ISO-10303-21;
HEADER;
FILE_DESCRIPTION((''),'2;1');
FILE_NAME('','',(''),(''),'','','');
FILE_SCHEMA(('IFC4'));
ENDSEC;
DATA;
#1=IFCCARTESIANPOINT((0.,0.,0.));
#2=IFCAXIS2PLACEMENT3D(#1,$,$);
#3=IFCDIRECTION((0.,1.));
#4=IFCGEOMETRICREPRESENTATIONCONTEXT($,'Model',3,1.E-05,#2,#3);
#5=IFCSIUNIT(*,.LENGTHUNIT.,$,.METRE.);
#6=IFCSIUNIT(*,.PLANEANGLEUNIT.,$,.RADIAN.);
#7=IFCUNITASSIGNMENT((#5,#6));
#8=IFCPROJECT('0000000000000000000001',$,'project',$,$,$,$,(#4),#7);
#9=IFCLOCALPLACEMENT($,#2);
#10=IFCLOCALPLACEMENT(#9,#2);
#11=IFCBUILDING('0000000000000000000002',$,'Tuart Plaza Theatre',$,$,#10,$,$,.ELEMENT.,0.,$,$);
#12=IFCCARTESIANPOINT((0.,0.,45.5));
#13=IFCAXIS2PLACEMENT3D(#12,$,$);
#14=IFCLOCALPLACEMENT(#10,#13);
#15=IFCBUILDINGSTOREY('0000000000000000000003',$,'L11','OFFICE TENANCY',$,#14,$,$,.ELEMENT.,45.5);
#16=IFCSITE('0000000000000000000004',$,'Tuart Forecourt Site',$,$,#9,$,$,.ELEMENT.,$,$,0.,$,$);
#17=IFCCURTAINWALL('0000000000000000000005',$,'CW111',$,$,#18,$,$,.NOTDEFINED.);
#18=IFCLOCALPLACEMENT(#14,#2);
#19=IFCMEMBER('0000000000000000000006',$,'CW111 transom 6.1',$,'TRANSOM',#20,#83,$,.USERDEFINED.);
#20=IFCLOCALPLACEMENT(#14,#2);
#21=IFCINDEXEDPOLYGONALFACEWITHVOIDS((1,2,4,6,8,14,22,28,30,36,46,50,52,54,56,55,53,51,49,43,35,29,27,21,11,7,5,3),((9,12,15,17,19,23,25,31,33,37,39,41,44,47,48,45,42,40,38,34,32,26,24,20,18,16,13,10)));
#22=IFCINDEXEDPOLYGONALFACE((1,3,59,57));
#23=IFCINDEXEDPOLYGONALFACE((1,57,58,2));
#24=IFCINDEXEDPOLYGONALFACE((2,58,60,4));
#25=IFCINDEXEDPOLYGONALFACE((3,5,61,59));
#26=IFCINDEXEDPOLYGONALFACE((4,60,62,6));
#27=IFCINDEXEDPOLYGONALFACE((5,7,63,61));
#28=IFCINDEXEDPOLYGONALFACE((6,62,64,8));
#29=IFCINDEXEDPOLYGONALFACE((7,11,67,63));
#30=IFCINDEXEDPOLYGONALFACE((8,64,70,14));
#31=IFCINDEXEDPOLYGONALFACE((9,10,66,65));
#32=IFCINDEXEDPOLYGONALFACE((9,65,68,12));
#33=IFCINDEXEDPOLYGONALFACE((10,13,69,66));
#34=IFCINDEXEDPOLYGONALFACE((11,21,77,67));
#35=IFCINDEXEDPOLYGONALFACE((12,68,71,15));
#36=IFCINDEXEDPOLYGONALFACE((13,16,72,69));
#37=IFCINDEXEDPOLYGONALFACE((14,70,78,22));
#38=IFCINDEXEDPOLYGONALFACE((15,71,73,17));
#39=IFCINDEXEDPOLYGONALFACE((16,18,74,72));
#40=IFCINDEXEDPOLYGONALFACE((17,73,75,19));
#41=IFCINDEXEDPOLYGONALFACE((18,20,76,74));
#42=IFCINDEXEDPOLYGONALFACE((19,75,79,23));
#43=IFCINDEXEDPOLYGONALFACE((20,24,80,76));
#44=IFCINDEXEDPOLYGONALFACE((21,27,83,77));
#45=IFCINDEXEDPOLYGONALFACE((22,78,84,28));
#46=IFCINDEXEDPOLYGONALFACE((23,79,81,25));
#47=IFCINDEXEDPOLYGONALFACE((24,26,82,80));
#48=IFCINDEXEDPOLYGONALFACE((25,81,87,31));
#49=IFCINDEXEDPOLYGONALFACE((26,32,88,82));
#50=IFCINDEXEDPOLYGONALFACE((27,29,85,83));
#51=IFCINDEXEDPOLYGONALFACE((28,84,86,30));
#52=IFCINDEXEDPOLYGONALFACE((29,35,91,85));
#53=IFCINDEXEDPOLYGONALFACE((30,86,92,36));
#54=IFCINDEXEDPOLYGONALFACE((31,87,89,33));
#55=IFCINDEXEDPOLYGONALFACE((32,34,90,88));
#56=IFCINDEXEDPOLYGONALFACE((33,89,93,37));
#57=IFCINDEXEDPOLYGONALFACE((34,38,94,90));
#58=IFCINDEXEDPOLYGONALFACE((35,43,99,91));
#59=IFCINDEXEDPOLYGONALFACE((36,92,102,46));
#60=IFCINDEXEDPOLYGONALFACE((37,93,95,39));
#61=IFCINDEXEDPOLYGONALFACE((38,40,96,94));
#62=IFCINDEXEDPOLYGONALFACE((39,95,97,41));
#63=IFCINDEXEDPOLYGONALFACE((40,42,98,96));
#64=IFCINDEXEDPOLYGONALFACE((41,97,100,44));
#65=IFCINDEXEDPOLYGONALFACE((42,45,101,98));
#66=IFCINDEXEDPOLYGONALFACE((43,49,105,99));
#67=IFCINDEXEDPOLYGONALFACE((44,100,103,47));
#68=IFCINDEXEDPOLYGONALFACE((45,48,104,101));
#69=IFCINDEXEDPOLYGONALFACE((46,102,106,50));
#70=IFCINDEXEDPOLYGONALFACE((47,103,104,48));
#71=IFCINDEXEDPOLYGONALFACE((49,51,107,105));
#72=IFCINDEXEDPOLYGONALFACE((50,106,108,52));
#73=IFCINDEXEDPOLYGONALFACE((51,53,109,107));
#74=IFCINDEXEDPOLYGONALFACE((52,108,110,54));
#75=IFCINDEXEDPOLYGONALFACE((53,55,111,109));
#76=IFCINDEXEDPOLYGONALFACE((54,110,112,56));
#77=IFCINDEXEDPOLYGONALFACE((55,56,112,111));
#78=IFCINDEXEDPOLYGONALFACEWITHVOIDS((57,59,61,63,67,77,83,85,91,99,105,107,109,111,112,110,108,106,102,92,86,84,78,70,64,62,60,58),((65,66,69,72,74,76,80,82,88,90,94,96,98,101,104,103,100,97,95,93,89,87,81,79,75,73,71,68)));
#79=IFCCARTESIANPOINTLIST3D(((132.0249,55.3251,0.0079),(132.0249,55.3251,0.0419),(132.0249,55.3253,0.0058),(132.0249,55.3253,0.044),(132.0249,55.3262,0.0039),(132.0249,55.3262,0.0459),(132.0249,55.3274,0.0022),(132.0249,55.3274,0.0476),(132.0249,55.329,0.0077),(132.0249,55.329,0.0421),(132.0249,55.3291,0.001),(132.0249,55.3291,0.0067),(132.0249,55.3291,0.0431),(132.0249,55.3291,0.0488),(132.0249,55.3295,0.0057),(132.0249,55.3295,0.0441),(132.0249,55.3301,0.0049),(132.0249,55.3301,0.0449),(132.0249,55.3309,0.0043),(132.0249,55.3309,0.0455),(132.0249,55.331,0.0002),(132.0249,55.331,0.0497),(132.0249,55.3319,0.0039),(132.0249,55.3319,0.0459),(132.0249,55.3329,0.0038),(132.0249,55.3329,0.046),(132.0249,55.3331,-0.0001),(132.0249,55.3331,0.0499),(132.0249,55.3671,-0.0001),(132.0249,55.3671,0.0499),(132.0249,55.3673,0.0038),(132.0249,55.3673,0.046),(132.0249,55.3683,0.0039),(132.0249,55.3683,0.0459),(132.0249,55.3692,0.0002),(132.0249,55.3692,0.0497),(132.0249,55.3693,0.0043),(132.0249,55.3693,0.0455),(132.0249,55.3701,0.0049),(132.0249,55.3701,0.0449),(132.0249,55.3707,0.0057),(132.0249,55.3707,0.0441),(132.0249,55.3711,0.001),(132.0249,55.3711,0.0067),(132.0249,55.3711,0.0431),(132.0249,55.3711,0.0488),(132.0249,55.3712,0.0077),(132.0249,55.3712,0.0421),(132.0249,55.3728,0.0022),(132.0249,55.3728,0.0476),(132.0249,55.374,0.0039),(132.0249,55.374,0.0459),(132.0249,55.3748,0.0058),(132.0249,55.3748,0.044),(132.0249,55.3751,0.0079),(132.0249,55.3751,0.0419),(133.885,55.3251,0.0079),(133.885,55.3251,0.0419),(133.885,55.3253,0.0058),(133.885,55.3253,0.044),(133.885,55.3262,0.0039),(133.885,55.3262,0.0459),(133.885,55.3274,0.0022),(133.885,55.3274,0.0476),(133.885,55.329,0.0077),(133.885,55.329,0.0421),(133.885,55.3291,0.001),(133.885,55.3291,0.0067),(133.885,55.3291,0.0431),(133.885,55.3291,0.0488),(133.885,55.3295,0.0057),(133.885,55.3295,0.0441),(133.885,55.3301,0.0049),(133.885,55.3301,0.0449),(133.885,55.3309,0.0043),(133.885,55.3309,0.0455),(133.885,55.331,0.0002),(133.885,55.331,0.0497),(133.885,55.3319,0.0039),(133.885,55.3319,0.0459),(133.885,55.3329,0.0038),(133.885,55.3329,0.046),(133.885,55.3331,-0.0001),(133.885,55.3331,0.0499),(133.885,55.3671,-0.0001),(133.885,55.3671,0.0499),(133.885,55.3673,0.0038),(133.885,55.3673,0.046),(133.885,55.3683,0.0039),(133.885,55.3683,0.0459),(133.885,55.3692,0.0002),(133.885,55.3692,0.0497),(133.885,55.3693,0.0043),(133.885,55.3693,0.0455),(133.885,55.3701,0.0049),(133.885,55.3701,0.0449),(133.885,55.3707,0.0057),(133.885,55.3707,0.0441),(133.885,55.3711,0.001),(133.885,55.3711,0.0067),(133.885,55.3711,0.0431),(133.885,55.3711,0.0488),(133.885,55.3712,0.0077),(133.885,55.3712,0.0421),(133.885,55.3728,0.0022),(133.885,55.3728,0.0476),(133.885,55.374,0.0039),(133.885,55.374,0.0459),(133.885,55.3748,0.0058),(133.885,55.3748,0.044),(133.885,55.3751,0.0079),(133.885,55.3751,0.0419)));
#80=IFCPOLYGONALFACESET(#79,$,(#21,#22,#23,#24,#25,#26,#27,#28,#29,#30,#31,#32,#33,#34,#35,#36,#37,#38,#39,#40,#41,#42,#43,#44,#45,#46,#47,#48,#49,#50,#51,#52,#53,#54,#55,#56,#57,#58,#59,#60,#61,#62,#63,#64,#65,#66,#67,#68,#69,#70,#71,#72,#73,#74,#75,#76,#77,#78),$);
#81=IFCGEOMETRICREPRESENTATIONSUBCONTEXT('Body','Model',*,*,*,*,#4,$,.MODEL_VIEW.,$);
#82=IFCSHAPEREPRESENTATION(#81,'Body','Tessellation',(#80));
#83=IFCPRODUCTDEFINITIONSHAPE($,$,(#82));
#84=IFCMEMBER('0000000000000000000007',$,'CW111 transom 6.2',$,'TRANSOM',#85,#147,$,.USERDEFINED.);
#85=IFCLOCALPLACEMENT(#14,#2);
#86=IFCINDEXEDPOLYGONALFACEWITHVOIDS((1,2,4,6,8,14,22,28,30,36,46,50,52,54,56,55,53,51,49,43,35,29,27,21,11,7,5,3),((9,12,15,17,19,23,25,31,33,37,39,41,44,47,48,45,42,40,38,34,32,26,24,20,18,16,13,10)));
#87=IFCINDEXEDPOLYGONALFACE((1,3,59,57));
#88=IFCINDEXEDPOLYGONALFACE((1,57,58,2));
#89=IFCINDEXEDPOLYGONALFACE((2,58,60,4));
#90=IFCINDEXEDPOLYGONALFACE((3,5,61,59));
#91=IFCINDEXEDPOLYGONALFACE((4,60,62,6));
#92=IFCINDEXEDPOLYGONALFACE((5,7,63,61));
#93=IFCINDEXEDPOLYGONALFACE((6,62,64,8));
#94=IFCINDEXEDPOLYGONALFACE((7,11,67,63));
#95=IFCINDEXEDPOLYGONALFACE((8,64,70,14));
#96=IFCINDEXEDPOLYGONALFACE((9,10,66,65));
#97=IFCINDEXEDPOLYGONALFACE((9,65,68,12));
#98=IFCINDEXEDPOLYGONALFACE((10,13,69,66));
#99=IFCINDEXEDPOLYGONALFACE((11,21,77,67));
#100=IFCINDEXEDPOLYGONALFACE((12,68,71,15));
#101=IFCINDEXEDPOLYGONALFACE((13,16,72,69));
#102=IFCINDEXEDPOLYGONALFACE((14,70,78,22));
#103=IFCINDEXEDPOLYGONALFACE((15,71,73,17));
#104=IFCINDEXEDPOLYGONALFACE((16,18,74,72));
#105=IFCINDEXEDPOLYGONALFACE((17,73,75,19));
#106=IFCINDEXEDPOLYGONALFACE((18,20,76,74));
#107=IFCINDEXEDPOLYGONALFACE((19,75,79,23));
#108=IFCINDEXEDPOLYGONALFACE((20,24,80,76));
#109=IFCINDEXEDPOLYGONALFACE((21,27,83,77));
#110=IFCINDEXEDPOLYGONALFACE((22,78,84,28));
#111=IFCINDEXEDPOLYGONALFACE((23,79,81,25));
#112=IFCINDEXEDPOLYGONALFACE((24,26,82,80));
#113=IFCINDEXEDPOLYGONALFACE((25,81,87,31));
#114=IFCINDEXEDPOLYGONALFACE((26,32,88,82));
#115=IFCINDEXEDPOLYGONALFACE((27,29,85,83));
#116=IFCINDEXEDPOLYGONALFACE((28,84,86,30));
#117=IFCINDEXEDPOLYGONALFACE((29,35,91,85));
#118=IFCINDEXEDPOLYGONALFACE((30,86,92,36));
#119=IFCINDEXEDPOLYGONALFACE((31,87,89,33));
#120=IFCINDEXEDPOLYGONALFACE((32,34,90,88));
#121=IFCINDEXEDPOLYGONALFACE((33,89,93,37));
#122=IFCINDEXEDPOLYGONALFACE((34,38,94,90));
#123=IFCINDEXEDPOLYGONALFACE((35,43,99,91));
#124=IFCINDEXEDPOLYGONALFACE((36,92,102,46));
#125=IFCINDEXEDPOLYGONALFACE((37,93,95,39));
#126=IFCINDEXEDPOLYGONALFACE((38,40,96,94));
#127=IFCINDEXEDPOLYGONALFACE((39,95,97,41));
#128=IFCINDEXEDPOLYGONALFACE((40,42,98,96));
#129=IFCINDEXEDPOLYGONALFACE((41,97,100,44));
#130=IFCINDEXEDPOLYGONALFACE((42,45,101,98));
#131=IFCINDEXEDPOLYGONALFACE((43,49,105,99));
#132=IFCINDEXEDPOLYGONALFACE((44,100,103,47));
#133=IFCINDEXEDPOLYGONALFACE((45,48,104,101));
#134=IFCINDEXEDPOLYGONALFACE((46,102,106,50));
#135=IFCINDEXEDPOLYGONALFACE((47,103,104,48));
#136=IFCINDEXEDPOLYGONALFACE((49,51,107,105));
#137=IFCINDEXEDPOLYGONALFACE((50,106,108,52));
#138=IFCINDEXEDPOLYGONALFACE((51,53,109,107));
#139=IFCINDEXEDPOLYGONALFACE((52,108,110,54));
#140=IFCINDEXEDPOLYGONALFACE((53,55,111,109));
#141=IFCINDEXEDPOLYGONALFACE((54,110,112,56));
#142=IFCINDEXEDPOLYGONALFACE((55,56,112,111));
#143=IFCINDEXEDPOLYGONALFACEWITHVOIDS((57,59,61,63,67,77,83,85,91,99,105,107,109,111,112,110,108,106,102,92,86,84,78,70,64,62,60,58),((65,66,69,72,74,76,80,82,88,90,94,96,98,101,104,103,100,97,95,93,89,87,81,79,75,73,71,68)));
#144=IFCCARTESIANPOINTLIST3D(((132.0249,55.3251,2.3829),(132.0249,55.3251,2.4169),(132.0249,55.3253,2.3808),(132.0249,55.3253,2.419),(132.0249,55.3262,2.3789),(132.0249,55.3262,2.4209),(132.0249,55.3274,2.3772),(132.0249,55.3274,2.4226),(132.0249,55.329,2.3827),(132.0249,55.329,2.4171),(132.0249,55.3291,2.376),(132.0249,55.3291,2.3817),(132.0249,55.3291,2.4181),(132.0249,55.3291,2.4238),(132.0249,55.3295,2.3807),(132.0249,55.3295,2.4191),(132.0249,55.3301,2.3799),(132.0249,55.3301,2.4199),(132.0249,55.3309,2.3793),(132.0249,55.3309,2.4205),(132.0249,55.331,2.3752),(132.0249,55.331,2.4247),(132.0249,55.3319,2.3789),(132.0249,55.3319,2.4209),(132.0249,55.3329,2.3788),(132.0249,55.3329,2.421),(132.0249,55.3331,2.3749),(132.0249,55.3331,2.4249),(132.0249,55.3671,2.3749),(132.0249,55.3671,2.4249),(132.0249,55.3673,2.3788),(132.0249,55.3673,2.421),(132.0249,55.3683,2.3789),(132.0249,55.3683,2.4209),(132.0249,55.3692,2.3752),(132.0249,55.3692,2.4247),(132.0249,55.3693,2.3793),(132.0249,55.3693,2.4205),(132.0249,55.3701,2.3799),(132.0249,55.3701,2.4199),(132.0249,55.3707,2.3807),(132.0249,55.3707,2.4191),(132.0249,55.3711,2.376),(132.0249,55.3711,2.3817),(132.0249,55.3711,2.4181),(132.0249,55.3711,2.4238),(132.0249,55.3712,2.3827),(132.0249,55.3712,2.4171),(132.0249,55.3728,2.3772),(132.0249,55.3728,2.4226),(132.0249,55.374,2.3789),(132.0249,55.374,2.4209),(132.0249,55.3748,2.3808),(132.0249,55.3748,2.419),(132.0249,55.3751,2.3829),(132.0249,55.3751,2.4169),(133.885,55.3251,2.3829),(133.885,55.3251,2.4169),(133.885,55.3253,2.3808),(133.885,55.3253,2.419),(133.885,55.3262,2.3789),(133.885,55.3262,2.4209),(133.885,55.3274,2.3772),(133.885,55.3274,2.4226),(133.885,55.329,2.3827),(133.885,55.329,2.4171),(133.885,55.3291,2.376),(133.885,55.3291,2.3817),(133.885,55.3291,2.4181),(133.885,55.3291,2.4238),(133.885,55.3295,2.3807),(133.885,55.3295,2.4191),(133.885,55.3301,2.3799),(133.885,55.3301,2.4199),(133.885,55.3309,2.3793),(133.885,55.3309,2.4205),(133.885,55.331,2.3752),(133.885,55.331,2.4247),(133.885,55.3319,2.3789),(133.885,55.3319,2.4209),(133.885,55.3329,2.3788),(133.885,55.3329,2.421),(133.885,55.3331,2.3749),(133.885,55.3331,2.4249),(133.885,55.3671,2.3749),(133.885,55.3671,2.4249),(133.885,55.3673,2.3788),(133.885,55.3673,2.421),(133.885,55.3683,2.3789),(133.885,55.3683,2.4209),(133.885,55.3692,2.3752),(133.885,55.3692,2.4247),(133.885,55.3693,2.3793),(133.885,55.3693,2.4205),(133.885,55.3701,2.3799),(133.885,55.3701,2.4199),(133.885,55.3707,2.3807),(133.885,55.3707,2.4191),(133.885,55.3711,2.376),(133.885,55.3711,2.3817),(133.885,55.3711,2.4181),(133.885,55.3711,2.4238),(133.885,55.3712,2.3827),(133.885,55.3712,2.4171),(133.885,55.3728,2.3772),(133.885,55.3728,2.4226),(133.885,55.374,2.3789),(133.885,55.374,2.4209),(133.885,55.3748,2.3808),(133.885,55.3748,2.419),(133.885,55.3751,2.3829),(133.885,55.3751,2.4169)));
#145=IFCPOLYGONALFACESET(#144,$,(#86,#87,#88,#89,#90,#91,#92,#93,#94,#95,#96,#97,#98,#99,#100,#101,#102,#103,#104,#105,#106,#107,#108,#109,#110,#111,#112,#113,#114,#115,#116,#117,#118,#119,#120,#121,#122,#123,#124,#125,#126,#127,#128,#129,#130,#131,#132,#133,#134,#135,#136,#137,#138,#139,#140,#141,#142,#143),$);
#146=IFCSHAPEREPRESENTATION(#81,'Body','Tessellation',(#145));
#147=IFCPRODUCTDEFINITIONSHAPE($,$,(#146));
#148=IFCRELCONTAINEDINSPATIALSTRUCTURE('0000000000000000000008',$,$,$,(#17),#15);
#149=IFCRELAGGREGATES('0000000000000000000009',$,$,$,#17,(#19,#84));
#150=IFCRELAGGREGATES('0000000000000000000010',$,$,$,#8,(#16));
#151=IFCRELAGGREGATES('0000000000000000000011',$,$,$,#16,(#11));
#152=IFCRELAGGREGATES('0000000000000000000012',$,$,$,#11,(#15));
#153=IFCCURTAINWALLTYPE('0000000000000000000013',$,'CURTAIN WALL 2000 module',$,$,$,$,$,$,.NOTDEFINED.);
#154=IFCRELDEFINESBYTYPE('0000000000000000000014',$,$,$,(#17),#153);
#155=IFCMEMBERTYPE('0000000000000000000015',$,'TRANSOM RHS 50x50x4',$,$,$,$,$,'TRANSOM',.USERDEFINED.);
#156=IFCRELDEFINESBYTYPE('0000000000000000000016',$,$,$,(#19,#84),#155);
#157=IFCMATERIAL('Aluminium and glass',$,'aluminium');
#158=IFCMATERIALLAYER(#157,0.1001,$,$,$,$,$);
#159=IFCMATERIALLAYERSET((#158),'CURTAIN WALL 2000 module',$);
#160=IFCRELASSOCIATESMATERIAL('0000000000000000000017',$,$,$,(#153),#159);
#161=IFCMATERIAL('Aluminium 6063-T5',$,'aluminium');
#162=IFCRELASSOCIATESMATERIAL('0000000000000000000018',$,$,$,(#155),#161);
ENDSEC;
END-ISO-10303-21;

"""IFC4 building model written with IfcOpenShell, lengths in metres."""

from ifc_helpers import new_model, si_unit, direction, frame, origin, origin_2d, place, context, subcontext, project, spatial, hollow_rectangle, extrude, material, layer, layer_set, material_profile, profile_set, type_object, element, aggregate, save


model = new_model("IFC4")

# Units and contexts
model_context = context("Model", 3, precision=1e-05, world=origin(), true_north=direction((0.0, 1.0)))
body_context = subcontext(model_context, "Body", "Model", "MODEL_VIEW")
ifc_project = project(units=[si_unit("LENGTHUNIT", "METRE"), si_unit("PLANEANGLEUNIT", "RADIAN")], contexts=[model_context])

# Site, building, storey
site_placement = place(None, origin())
site = spatial("IfcSite", under=ifc_project, at=site_placement, Name="Tuart Forecourt Site", CompositionType="ELEMENT", RefElevation=0.0)
building_placement = place(site_placement, origin())
building = spatial("IfcBuilding", under=site, at=building_placement, Name="Tuart Plaza Theatre", CompositionType="ELEMENT", ElevationOfRefHeight=0.0)
storey_placement = place(building_placement, frame((0.0, 0.0, 45.5)))
storey = spatial("IfcBuildingStorey", under=building, at=storey_placement, Name="L11", Description="OFFICE TENANCY", CompositionType="ELEMENT", Elevation=45.5)

# Shared definitions
ifc_material_1 = material(Name="Aluminium and glass", Category="aluminium")
ifc_layer_1 = layer(ifc_material_1, 0.1001)
ifc_layer_set_1 = layer_set([ifc_layer_1], Name="CURTAIN WALL 2000 module")
curtain_wall_type = type_object("IfcCurtainWallType", Name="CURTAIN WALL 2000 module", PredefinedType="NOTDEFINED", material=ifc_layer_set_1)

# Curtain wall
curtain_wall_1_placement = place(storey_placement, origin())
curtain_wall_1 = element("IfcCurtainWall", 1, at=curtain_wall_1_placement, inside=storey, type_object=curtain_wall_type, Name="CW111", PredefinedType="NOTDEFINED")

# Members
ifc_material_2 = material(Name="Aluminium 6063-T5", Category="aluminium")
ifc_material_profile_1 = material_profile(ifc_material_2, hollow_rectangle(XDim=0.05, YDim=0.05, WallThickness=0.0039, InnerFilletRadius=0.0039, OuterFilletRadius=0.0081, at=origin_2d()), Name="RHS 50x50x4")
ifc_profile_set_1 = profile_set([ifc_material_profile_1], Name="Aluminium 6063-T5")
member_type_1 = type_object("IfcMemberType", Name="TRANSOM RHS 50x50x4", ElementType="TRANSOM", PredefinedType="USERDEFINED", material=ifc_profile_set_1)
member_1_placement = place(storey_placement, frame((132.0249, 55.3501, 0.0249), z_axis=(1.0, 0.0, 0.0), x_axis=(0.0, 1.0, 0.0)))
member_1 = element("IfcMember", 2, at=member_1_placement, type_object=member_type_1, Name="CW111 transom 6.1", ObjectType="TRANSOM", PredefinedType="USERDEFINED", context=body_context, shape_type="SweptSolid", body=[
    extrude(hollow_rectangle(XDim=0.05, YDim=0.05, WallThickness=0.0039, InnerFilletRadius=0.0039, OuterFilletRadius=0.0081, at=origin_2d()), origin(), (0.0, 0.0, 1.0), 1.8601),
])
member_2_placement = place(storey_placement, frame((132.0249, 55.3501, 2.3999), z_axis=(1.0, 0.0, 0.0), x_axis=(0.0, 1.0, 0.0)))
member_2 = element("IfcMember", 3, at=member_2_placement, type_object=member_type_1, Name="CW111 transom 6.2", ObjectType="TRANSOM", PredefinedType="USERDEFINED", context=body_context, shape_type="SweptSolid", body=[
    extrude(hollow_rectangle(XDim=0.05, YDim=0.05, WallThickness=0.0039, InnerFilletRadius=0.0039, OuterFilletRadius=0.0081, at=origin_2d()), origin(), (0.0, 0.0, 1.0), 1.8601),
])

aggregate(curtain_wall_1, [member_1, member_2])

save(model, "model.ifc")
